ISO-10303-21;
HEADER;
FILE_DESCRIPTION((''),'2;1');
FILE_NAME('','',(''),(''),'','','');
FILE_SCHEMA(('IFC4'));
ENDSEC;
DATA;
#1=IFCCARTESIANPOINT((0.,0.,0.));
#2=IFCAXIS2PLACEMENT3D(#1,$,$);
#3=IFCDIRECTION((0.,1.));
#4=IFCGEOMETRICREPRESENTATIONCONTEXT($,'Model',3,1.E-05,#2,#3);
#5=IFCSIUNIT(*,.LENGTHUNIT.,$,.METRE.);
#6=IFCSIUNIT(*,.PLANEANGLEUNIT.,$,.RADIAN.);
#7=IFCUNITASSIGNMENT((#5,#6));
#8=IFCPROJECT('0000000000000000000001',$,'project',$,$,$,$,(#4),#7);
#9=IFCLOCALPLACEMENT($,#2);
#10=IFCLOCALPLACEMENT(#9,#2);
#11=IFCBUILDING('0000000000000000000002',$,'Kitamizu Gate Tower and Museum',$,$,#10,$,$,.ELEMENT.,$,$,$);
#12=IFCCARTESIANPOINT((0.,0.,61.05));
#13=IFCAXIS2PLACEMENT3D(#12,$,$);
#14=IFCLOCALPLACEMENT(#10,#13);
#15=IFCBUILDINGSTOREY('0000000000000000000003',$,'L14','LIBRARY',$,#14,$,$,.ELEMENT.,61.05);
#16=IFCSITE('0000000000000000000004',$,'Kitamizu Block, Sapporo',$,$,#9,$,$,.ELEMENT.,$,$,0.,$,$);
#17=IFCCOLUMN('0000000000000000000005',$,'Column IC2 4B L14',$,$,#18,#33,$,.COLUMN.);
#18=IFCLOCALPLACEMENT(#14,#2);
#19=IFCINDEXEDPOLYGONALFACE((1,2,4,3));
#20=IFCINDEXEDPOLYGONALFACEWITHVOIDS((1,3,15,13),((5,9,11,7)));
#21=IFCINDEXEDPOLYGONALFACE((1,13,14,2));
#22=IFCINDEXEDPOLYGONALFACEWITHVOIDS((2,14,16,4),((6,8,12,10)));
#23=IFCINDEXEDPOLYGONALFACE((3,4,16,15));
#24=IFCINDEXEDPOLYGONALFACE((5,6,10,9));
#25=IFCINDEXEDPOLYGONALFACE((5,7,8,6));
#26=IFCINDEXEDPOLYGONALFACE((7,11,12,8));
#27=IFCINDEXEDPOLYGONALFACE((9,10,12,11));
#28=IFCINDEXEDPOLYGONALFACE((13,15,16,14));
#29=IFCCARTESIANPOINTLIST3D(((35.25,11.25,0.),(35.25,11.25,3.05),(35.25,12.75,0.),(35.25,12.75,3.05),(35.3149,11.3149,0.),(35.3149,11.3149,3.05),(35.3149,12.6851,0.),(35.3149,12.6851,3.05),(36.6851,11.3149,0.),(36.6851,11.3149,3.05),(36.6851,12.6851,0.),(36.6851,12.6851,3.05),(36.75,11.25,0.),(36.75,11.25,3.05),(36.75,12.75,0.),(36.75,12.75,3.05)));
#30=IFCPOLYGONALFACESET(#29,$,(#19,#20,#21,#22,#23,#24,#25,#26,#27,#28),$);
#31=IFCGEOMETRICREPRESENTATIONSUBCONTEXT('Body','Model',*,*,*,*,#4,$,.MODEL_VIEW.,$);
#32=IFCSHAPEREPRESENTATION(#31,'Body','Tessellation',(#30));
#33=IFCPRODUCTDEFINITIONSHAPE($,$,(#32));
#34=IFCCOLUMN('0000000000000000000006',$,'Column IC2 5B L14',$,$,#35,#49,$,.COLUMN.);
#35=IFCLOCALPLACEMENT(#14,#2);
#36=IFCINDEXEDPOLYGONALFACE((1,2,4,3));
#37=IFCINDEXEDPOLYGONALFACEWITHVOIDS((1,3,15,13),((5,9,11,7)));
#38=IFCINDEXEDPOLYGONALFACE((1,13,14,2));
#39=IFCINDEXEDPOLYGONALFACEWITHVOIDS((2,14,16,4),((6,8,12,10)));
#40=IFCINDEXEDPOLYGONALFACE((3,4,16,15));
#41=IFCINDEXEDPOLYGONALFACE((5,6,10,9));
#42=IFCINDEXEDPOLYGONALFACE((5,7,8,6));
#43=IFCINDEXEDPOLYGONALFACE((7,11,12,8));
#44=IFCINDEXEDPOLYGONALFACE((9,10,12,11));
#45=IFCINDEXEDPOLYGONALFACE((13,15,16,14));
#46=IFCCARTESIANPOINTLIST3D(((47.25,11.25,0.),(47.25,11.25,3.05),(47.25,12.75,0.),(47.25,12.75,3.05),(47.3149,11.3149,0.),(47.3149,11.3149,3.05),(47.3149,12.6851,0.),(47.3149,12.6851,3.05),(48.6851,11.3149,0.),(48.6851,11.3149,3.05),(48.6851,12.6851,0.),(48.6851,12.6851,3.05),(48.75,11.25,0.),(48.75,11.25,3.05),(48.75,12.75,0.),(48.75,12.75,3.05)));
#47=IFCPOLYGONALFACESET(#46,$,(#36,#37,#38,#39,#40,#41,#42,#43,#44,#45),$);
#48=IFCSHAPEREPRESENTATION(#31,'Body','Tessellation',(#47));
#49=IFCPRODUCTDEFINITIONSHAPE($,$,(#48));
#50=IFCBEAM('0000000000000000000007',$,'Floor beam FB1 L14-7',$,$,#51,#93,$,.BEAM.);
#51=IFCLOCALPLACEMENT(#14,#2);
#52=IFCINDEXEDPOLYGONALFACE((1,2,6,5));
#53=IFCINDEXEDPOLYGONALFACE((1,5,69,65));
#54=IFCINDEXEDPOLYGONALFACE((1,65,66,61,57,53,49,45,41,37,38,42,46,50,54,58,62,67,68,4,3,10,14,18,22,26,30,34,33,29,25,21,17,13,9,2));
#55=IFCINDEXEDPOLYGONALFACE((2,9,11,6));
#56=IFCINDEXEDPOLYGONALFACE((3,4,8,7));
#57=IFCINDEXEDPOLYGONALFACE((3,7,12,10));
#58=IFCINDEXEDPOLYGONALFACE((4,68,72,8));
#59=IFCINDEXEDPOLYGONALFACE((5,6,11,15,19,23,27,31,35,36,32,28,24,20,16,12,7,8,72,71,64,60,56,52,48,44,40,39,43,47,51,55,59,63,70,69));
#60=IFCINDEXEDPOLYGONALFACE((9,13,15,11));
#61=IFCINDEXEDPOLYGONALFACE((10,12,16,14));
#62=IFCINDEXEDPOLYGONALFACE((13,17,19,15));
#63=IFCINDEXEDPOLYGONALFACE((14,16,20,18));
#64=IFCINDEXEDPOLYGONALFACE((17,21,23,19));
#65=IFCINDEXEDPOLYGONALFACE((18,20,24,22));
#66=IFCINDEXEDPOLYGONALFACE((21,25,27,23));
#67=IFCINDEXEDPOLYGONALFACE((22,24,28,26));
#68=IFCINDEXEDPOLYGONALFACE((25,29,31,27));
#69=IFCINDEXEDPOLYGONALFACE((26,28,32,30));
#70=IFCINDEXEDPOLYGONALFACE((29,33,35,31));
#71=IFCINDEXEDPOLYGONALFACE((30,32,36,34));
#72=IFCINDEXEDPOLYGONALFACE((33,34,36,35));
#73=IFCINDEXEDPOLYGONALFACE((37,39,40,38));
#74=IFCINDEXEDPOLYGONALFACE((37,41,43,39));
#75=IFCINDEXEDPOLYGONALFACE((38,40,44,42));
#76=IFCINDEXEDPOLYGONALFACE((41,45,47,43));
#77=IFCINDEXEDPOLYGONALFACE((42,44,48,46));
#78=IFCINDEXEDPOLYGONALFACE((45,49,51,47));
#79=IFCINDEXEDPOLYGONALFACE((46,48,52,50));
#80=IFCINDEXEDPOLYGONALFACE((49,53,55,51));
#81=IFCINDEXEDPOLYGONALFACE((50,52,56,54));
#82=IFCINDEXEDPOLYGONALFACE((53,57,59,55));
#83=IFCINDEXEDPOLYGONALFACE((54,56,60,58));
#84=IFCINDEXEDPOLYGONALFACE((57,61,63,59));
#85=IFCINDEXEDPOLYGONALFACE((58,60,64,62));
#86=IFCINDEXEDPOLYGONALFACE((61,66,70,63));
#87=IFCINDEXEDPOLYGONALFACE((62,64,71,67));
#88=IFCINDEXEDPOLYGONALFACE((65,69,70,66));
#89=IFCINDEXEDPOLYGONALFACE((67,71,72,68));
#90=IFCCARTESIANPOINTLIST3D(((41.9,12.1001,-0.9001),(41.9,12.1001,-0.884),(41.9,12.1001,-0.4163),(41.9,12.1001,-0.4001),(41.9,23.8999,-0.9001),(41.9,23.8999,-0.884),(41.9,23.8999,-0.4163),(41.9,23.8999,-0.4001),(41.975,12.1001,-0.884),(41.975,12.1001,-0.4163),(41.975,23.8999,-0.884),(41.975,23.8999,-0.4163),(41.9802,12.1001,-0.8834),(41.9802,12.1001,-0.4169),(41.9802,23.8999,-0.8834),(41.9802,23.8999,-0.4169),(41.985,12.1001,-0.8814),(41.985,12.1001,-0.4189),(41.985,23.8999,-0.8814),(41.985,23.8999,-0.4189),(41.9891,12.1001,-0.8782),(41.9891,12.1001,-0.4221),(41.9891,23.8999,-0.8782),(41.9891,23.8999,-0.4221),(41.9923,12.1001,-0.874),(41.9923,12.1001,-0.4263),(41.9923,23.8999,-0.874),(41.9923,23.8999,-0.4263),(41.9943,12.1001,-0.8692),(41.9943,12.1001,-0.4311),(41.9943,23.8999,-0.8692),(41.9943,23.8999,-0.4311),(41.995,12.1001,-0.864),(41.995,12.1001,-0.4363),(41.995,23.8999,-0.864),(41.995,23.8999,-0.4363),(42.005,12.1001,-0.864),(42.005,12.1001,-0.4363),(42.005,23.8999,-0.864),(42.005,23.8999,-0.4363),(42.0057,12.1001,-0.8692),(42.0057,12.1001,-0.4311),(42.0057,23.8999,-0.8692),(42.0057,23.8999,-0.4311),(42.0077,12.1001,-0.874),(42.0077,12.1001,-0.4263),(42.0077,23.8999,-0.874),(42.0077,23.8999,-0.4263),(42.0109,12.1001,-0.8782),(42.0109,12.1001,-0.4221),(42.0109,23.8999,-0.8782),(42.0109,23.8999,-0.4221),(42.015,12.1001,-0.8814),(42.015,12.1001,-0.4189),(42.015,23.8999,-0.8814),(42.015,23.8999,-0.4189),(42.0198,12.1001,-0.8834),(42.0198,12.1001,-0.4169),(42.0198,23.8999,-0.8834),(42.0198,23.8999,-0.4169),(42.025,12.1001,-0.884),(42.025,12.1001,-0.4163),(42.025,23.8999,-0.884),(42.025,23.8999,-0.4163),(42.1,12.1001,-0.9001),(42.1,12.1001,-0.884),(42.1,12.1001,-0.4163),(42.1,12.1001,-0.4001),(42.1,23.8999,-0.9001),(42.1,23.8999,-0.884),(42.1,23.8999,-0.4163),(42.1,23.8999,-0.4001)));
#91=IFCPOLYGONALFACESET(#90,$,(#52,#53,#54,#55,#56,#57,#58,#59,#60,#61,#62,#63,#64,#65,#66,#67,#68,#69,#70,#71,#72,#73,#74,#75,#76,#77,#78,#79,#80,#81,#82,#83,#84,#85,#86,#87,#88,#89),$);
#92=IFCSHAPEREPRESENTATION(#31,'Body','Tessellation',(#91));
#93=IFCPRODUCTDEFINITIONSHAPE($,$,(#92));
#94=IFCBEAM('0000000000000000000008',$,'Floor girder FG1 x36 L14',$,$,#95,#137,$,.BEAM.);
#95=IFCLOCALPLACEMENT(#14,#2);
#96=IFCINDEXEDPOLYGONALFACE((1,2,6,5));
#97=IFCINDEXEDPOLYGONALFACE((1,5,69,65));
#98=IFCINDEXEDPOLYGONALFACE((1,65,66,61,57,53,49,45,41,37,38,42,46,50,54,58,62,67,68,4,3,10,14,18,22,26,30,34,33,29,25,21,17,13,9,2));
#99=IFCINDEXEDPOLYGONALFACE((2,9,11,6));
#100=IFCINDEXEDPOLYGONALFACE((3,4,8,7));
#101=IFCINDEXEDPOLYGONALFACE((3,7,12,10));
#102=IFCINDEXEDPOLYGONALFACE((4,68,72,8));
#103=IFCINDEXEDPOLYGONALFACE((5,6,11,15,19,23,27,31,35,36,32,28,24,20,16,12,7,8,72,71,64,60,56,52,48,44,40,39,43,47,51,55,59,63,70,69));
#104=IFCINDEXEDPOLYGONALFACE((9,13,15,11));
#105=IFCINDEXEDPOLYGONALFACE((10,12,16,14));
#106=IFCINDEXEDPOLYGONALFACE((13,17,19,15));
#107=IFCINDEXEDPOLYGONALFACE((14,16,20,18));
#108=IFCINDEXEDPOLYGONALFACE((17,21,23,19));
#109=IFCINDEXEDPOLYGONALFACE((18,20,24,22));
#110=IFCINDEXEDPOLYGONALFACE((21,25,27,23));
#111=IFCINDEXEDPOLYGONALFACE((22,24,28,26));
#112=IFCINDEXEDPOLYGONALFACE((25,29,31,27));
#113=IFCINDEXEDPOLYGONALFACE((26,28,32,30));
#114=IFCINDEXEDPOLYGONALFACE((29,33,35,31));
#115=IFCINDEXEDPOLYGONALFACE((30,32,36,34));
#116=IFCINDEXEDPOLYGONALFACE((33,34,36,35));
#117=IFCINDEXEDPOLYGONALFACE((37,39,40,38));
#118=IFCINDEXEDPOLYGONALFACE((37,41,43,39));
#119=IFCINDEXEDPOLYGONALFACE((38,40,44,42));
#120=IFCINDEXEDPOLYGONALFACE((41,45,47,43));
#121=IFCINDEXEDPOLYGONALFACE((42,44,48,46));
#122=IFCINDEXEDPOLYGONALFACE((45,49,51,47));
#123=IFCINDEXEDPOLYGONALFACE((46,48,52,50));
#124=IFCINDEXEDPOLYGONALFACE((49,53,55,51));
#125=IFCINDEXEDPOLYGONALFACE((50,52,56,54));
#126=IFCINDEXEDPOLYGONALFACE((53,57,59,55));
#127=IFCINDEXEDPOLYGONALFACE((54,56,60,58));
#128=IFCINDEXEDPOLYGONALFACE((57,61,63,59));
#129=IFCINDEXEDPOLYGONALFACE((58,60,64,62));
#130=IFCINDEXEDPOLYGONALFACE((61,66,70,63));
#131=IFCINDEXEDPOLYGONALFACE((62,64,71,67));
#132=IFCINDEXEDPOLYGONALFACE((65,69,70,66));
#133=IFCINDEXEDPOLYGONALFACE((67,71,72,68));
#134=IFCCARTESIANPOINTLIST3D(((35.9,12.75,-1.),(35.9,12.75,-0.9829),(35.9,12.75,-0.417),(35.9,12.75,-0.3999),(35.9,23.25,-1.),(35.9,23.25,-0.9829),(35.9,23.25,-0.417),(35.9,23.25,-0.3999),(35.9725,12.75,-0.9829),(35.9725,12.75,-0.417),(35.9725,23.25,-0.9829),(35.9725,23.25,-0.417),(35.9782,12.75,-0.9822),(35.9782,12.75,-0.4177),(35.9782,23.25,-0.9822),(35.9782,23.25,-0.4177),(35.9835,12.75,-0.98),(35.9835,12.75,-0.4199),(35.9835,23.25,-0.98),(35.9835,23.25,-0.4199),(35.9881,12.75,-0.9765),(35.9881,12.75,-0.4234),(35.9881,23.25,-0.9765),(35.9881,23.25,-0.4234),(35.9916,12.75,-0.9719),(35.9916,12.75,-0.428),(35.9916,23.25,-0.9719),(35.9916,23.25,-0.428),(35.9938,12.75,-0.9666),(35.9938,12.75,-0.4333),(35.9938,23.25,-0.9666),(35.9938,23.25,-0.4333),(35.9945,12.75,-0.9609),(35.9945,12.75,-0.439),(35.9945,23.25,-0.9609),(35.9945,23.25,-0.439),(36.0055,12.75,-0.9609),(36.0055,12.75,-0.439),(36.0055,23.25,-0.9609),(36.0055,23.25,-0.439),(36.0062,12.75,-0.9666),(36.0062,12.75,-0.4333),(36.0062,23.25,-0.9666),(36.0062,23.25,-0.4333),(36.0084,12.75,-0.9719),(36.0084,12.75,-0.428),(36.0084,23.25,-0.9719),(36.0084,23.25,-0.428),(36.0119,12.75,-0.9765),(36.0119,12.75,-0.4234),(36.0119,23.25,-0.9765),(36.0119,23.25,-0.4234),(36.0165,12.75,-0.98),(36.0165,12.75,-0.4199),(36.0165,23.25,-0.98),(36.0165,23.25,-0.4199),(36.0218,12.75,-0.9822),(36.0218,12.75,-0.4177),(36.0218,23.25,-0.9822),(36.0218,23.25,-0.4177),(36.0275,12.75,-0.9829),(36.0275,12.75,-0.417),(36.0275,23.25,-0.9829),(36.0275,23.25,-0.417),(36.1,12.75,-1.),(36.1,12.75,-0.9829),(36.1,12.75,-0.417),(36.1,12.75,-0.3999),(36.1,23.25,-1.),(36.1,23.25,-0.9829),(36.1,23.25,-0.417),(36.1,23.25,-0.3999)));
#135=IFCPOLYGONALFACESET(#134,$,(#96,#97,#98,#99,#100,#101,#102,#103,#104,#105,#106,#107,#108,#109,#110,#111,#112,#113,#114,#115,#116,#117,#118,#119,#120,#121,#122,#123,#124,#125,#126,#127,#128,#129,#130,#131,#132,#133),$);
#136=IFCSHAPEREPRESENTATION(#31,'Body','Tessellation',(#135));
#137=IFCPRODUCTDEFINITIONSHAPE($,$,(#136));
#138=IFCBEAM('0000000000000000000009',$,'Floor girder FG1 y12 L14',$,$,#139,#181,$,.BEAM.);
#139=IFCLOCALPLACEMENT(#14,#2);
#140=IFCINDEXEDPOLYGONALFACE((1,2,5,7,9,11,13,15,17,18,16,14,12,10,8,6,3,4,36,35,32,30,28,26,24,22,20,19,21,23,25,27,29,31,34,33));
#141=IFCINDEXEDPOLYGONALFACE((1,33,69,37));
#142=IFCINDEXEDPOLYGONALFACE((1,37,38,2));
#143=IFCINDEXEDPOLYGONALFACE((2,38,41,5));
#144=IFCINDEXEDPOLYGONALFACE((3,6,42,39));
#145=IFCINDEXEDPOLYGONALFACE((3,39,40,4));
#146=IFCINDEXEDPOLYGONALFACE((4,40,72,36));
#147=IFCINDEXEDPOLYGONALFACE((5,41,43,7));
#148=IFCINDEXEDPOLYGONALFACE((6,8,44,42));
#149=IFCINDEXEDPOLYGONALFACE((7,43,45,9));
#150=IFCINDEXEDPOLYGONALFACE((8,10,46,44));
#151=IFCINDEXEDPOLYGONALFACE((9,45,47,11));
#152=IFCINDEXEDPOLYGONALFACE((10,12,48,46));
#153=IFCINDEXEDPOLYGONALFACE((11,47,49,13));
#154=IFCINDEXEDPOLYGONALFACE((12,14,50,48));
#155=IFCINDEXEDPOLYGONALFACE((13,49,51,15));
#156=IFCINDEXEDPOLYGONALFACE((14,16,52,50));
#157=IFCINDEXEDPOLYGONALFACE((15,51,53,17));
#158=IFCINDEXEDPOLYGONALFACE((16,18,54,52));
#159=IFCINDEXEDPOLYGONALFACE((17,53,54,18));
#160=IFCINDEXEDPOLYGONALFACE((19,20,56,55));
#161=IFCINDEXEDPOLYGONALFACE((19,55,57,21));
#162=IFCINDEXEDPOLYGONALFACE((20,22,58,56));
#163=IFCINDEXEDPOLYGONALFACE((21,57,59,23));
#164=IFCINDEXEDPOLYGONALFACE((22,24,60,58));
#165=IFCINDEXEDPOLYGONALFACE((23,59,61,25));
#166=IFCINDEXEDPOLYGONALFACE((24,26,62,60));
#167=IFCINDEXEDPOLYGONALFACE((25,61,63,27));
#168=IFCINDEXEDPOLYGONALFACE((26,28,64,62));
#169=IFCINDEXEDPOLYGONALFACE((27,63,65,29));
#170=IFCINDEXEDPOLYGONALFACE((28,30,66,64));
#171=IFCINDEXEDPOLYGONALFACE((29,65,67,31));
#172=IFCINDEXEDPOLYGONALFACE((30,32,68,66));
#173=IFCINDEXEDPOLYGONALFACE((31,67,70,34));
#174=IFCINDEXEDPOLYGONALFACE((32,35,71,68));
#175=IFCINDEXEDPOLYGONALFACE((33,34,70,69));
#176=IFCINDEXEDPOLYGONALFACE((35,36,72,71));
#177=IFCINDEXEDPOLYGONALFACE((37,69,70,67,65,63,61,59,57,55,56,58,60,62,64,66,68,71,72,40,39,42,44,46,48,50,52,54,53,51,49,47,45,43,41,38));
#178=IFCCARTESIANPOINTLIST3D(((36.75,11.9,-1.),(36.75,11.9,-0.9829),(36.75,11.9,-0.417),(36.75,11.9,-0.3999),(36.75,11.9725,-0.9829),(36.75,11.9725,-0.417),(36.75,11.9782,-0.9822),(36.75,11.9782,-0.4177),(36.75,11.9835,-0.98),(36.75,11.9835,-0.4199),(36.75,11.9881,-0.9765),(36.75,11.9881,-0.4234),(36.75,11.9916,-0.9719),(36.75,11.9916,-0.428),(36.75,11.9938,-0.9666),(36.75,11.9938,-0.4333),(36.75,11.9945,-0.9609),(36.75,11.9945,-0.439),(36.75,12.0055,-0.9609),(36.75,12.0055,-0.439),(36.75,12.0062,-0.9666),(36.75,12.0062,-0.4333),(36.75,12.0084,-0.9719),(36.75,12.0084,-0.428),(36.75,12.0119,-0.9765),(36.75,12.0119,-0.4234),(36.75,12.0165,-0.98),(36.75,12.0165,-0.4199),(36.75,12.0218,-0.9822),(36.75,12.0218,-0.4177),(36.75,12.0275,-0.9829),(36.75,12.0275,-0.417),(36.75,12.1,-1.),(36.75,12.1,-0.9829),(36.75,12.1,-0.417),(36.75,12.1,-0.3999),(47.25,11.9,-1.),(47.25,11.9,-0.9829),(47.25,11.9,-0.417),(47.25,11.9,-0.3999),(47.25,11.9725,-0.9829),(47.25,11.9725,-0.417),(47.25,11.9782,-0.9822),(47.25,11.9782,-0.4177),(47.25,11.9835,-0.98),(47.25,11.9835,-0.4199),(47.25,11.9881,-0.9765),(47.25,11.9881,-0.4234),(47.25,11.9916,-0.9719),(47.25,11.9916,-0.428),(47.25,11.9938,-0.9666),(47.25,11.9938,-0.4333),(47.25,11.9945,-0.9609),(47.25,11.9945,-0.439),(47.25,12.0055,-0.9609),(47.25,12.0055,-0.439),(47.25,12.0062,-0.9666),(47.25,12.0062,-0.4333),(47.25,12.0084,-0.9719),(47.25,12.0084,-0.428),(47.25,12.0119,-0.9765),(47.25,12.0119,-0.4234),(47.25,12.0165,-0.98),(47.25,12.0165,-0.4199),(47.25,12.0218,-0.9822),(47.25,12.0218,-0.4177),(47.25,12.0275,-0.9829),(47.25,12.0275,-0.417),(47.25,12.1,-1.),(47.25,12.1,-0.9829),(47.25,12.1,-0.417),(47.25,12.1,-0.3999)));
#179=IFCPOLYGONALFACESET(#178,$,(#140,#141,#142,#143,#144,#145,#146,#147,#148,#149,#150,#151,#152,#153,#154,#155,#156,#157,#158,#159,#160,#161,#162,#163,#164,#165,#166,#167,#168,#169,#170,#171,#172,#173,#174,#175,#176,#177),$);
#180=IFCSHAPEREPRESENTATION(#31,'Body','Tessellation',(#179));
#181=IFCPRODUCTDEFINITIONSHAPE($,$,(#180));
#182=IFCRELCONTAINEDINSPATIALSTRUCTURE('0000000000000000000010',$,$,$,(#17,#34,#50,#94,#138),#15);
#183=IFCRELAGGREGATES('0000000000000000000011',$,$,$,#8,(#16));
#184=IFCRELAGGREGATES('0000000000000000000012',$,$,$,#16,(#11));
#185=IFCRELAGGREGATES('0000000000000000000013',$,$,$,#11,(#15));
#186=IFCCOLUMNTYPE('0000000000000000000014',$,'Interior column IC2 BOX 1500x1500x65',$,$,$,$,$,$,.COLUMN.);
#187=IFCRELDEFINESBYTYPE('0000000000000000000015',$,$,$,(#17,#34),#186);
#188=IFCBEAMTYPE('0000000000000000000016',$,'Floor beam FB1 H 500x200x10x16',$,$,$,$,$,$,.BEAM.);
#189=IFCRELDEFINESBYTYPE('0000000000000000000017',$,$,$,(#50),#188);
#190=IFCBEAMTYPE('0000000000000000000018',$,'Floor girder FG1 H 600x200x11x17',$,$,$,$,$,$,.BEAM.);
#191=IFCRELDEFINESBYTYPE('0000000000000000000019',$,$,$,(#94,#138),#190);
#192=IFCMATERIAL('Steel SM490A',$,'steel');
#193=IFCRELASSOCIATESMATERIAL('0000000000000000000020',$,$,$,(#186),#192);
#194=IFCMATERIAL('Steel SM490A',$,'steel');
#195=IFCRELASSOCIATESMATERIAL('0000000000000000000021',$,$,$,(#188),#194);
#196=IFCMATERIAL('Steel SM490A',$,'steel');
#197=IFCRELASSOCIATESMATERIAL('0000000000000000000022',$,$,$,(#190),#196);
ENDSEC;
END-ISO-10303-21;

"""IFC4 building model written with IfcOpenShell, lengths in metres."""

from ifc_helpers import new_model, si_unit, direction, frame, origin, origin_2d, place, context, subcontext, project, spatial, hollow_rectangle, i_section, extrude, material, material_profile, profile_set, type_object, element, save


model = new_model("IFC4")

# Units and contexts
model_context = context("Model", 3, precision=1e-05, world=origin(), true_north=direction((0.0, 1.0)))
body_context = subcontext(model_context, "Body", "Model", "MODEL_VIEW")
ifc_project = project(units=[si_unit("LENGTHUNIT", "METRE"), si_unit("PLANEANGLEUNIT", "RADIAN")], contexts=[model_context])

# Site, building, storey
site_placement = place(None, origin())
site = spatial("IfcSite", under=ifc_project, at=site_placement, Name="Kitamizu Block, Sapporo", CompositionType="ELEMENT", RefElevation=0.0)
building_placement = place(site_placement, origin())
building = spatial("IfcBuilding", under=site, at=building_placement, Name="Kitamizu Gate Tower and Museum", CompositionType="ELEMENT")
storey_placement = place(building_placement, frame((0.0, 0.0, 61.05)))
storey = spatial("IfcBuildingStorey", under=building, at=storey_placement, Name="L14", Description="LIBRARY", CompositionType="ELEMENT", Elevation=61.05)

# Columns
ifc_material_1 = material(Name="Steel SM490A", Category="steel")
ifc_material_profile_1 = material_profile(ifc_material_1, hollow_rectangle(XDim=1.5, YDim=1.5, WallThickness=0.0649, at=origin_2d()), Name="BOX 1500x1500x65")
ifc_profile_set_1 = profile_set([ifc_material_profile_1], Name="Steel SM490A")
column_type = type_object("IfcColumnType", Name="Interior column IC2 BOX 1500x1500x65", PredefinedType="COLUMN", material=ifc_profile_set_1)
for number, where, z_axis, x_axis, name in (
    (1, (36.0, 12.0, 0.0), (0.0, 0.0, 1.0), (1.0, 0.0, 0.0), "Column IC2 4B L14"),
    (2, (48.0, 12.0, 0.0), (0.0, 0.0, 1.0), (1.0, 0.0, 0.0), "Column IC2 5B L14"),
):
    element("IfcColumn", number, at=place(storey_placement, frame(where, z_axis=z_axis, x_axis=x_axis)), inside=storey, type_object=column_type, Name=name, PredefinedType="COLUMN", context=body_context, shape_type="SweptSolid", body=[
        extrude(hollow_rectangle(XDim=1.5, YDim=1.5, WallThickness=0.0649, at=origin_2d()), origin(), (0.0, 0.0, 1.0), 3.05),
    ])

# Beams
ifc_material_2 = material(Name="Steel SM490A", Category="steel")
ifc_material_profile_2 = material_profile(ifc_material_2, i_section(OverallWidth=0.2, OverallDepth=0.5, WebThickness=0.01, FlangeThickness=0.0161, FilletRadius=0.02, at=origin_2d()), Name="H-500x200x10x16")
ifc_profile_set_2 = profile_set([ifc_material_profile_2], Name="Steel SM490A")
beam_type_1 = type_object("IfcBeamType", Name="Floor beam FB1 H 500x200x10x16", PredefinedType="BEAM", material=ifc_profile_set_2)
beam_placement = place(storey_placement, frame((42.0, 12.1001, -0.6501), z_axis=(0.0, 1.0, 0.0), x_axis=(-1.0, 0.0, 0.0)))
element("IfcBeam", 3, at=beam_placement, inside=storey, type_object=beam_type_1, Name="Floor beam FB1 L14-7", PredefinedType="BEAM", context=body_context, shape_type="SweptSolid", body=[
    extrude(i_section(OverallWidth=0.2, OverallDepth=0.5, WebThickness=0.01, FlangeThickness=0.0161, FilletRadius=0.02, at=origin_2d()), origin(), (0.0, 0.0, 1.0), 11.7998),
])
ifc_material_3 = material(Name="Steel SM490A", Category="steel")
ifc_material_profile_3 = material_profile(ifc_material_3, i_section(OverallWidth=0.2, OverallDepth=0.6001, WebThickness=0.011, FlangeThickness=0.0171, FilletRadius=0.022, at=origin_2d()), Name="H-600x200x11x17")
ifc_profile_set_3 = profile_set([ifc_material_profile_3], Name="Steel SM490A")
beam_type_2 = type_object("IfcBeamType", Name="Floor girder FG1 H 600x200x11x17", PredefinedType="BEAM", material=ifc_profile_set_3)
for number, where, z_axis, x_axis, name in (
    (4, (36.0, 12.75, -0.7), (0.0, 1.0, 0.0), (-1.0, 0.0, 0.0), "Floor girder FG1 x36 L14"),
    (5, (36.75, 12.0, -0.7), (1.0, 0.0, 0.0), (0.0, 1.0, 0.0), "Floor girder FG1 y12 L14"),
):
    element("IfcBeam", number, at=place(storey_placement, frame(where, z_axis=z_axis, x_axis=x_axis)), inside=storey, type_object=beam_type_2, Name=name, PredefinedType="BEAM", context=body_context, shape_type="SweptSolid", body=[
        extrude(i_section(OverallWidth=0.2, OverallDepth=0.6001, WebThickness=0.011, FlangeThickness=0.0171, FilletRadius=0.022, at=origin_2d()), origin(), (0.0, 0.0, 1.0), 10.5),
    ])

save(model, "model.ifc")
